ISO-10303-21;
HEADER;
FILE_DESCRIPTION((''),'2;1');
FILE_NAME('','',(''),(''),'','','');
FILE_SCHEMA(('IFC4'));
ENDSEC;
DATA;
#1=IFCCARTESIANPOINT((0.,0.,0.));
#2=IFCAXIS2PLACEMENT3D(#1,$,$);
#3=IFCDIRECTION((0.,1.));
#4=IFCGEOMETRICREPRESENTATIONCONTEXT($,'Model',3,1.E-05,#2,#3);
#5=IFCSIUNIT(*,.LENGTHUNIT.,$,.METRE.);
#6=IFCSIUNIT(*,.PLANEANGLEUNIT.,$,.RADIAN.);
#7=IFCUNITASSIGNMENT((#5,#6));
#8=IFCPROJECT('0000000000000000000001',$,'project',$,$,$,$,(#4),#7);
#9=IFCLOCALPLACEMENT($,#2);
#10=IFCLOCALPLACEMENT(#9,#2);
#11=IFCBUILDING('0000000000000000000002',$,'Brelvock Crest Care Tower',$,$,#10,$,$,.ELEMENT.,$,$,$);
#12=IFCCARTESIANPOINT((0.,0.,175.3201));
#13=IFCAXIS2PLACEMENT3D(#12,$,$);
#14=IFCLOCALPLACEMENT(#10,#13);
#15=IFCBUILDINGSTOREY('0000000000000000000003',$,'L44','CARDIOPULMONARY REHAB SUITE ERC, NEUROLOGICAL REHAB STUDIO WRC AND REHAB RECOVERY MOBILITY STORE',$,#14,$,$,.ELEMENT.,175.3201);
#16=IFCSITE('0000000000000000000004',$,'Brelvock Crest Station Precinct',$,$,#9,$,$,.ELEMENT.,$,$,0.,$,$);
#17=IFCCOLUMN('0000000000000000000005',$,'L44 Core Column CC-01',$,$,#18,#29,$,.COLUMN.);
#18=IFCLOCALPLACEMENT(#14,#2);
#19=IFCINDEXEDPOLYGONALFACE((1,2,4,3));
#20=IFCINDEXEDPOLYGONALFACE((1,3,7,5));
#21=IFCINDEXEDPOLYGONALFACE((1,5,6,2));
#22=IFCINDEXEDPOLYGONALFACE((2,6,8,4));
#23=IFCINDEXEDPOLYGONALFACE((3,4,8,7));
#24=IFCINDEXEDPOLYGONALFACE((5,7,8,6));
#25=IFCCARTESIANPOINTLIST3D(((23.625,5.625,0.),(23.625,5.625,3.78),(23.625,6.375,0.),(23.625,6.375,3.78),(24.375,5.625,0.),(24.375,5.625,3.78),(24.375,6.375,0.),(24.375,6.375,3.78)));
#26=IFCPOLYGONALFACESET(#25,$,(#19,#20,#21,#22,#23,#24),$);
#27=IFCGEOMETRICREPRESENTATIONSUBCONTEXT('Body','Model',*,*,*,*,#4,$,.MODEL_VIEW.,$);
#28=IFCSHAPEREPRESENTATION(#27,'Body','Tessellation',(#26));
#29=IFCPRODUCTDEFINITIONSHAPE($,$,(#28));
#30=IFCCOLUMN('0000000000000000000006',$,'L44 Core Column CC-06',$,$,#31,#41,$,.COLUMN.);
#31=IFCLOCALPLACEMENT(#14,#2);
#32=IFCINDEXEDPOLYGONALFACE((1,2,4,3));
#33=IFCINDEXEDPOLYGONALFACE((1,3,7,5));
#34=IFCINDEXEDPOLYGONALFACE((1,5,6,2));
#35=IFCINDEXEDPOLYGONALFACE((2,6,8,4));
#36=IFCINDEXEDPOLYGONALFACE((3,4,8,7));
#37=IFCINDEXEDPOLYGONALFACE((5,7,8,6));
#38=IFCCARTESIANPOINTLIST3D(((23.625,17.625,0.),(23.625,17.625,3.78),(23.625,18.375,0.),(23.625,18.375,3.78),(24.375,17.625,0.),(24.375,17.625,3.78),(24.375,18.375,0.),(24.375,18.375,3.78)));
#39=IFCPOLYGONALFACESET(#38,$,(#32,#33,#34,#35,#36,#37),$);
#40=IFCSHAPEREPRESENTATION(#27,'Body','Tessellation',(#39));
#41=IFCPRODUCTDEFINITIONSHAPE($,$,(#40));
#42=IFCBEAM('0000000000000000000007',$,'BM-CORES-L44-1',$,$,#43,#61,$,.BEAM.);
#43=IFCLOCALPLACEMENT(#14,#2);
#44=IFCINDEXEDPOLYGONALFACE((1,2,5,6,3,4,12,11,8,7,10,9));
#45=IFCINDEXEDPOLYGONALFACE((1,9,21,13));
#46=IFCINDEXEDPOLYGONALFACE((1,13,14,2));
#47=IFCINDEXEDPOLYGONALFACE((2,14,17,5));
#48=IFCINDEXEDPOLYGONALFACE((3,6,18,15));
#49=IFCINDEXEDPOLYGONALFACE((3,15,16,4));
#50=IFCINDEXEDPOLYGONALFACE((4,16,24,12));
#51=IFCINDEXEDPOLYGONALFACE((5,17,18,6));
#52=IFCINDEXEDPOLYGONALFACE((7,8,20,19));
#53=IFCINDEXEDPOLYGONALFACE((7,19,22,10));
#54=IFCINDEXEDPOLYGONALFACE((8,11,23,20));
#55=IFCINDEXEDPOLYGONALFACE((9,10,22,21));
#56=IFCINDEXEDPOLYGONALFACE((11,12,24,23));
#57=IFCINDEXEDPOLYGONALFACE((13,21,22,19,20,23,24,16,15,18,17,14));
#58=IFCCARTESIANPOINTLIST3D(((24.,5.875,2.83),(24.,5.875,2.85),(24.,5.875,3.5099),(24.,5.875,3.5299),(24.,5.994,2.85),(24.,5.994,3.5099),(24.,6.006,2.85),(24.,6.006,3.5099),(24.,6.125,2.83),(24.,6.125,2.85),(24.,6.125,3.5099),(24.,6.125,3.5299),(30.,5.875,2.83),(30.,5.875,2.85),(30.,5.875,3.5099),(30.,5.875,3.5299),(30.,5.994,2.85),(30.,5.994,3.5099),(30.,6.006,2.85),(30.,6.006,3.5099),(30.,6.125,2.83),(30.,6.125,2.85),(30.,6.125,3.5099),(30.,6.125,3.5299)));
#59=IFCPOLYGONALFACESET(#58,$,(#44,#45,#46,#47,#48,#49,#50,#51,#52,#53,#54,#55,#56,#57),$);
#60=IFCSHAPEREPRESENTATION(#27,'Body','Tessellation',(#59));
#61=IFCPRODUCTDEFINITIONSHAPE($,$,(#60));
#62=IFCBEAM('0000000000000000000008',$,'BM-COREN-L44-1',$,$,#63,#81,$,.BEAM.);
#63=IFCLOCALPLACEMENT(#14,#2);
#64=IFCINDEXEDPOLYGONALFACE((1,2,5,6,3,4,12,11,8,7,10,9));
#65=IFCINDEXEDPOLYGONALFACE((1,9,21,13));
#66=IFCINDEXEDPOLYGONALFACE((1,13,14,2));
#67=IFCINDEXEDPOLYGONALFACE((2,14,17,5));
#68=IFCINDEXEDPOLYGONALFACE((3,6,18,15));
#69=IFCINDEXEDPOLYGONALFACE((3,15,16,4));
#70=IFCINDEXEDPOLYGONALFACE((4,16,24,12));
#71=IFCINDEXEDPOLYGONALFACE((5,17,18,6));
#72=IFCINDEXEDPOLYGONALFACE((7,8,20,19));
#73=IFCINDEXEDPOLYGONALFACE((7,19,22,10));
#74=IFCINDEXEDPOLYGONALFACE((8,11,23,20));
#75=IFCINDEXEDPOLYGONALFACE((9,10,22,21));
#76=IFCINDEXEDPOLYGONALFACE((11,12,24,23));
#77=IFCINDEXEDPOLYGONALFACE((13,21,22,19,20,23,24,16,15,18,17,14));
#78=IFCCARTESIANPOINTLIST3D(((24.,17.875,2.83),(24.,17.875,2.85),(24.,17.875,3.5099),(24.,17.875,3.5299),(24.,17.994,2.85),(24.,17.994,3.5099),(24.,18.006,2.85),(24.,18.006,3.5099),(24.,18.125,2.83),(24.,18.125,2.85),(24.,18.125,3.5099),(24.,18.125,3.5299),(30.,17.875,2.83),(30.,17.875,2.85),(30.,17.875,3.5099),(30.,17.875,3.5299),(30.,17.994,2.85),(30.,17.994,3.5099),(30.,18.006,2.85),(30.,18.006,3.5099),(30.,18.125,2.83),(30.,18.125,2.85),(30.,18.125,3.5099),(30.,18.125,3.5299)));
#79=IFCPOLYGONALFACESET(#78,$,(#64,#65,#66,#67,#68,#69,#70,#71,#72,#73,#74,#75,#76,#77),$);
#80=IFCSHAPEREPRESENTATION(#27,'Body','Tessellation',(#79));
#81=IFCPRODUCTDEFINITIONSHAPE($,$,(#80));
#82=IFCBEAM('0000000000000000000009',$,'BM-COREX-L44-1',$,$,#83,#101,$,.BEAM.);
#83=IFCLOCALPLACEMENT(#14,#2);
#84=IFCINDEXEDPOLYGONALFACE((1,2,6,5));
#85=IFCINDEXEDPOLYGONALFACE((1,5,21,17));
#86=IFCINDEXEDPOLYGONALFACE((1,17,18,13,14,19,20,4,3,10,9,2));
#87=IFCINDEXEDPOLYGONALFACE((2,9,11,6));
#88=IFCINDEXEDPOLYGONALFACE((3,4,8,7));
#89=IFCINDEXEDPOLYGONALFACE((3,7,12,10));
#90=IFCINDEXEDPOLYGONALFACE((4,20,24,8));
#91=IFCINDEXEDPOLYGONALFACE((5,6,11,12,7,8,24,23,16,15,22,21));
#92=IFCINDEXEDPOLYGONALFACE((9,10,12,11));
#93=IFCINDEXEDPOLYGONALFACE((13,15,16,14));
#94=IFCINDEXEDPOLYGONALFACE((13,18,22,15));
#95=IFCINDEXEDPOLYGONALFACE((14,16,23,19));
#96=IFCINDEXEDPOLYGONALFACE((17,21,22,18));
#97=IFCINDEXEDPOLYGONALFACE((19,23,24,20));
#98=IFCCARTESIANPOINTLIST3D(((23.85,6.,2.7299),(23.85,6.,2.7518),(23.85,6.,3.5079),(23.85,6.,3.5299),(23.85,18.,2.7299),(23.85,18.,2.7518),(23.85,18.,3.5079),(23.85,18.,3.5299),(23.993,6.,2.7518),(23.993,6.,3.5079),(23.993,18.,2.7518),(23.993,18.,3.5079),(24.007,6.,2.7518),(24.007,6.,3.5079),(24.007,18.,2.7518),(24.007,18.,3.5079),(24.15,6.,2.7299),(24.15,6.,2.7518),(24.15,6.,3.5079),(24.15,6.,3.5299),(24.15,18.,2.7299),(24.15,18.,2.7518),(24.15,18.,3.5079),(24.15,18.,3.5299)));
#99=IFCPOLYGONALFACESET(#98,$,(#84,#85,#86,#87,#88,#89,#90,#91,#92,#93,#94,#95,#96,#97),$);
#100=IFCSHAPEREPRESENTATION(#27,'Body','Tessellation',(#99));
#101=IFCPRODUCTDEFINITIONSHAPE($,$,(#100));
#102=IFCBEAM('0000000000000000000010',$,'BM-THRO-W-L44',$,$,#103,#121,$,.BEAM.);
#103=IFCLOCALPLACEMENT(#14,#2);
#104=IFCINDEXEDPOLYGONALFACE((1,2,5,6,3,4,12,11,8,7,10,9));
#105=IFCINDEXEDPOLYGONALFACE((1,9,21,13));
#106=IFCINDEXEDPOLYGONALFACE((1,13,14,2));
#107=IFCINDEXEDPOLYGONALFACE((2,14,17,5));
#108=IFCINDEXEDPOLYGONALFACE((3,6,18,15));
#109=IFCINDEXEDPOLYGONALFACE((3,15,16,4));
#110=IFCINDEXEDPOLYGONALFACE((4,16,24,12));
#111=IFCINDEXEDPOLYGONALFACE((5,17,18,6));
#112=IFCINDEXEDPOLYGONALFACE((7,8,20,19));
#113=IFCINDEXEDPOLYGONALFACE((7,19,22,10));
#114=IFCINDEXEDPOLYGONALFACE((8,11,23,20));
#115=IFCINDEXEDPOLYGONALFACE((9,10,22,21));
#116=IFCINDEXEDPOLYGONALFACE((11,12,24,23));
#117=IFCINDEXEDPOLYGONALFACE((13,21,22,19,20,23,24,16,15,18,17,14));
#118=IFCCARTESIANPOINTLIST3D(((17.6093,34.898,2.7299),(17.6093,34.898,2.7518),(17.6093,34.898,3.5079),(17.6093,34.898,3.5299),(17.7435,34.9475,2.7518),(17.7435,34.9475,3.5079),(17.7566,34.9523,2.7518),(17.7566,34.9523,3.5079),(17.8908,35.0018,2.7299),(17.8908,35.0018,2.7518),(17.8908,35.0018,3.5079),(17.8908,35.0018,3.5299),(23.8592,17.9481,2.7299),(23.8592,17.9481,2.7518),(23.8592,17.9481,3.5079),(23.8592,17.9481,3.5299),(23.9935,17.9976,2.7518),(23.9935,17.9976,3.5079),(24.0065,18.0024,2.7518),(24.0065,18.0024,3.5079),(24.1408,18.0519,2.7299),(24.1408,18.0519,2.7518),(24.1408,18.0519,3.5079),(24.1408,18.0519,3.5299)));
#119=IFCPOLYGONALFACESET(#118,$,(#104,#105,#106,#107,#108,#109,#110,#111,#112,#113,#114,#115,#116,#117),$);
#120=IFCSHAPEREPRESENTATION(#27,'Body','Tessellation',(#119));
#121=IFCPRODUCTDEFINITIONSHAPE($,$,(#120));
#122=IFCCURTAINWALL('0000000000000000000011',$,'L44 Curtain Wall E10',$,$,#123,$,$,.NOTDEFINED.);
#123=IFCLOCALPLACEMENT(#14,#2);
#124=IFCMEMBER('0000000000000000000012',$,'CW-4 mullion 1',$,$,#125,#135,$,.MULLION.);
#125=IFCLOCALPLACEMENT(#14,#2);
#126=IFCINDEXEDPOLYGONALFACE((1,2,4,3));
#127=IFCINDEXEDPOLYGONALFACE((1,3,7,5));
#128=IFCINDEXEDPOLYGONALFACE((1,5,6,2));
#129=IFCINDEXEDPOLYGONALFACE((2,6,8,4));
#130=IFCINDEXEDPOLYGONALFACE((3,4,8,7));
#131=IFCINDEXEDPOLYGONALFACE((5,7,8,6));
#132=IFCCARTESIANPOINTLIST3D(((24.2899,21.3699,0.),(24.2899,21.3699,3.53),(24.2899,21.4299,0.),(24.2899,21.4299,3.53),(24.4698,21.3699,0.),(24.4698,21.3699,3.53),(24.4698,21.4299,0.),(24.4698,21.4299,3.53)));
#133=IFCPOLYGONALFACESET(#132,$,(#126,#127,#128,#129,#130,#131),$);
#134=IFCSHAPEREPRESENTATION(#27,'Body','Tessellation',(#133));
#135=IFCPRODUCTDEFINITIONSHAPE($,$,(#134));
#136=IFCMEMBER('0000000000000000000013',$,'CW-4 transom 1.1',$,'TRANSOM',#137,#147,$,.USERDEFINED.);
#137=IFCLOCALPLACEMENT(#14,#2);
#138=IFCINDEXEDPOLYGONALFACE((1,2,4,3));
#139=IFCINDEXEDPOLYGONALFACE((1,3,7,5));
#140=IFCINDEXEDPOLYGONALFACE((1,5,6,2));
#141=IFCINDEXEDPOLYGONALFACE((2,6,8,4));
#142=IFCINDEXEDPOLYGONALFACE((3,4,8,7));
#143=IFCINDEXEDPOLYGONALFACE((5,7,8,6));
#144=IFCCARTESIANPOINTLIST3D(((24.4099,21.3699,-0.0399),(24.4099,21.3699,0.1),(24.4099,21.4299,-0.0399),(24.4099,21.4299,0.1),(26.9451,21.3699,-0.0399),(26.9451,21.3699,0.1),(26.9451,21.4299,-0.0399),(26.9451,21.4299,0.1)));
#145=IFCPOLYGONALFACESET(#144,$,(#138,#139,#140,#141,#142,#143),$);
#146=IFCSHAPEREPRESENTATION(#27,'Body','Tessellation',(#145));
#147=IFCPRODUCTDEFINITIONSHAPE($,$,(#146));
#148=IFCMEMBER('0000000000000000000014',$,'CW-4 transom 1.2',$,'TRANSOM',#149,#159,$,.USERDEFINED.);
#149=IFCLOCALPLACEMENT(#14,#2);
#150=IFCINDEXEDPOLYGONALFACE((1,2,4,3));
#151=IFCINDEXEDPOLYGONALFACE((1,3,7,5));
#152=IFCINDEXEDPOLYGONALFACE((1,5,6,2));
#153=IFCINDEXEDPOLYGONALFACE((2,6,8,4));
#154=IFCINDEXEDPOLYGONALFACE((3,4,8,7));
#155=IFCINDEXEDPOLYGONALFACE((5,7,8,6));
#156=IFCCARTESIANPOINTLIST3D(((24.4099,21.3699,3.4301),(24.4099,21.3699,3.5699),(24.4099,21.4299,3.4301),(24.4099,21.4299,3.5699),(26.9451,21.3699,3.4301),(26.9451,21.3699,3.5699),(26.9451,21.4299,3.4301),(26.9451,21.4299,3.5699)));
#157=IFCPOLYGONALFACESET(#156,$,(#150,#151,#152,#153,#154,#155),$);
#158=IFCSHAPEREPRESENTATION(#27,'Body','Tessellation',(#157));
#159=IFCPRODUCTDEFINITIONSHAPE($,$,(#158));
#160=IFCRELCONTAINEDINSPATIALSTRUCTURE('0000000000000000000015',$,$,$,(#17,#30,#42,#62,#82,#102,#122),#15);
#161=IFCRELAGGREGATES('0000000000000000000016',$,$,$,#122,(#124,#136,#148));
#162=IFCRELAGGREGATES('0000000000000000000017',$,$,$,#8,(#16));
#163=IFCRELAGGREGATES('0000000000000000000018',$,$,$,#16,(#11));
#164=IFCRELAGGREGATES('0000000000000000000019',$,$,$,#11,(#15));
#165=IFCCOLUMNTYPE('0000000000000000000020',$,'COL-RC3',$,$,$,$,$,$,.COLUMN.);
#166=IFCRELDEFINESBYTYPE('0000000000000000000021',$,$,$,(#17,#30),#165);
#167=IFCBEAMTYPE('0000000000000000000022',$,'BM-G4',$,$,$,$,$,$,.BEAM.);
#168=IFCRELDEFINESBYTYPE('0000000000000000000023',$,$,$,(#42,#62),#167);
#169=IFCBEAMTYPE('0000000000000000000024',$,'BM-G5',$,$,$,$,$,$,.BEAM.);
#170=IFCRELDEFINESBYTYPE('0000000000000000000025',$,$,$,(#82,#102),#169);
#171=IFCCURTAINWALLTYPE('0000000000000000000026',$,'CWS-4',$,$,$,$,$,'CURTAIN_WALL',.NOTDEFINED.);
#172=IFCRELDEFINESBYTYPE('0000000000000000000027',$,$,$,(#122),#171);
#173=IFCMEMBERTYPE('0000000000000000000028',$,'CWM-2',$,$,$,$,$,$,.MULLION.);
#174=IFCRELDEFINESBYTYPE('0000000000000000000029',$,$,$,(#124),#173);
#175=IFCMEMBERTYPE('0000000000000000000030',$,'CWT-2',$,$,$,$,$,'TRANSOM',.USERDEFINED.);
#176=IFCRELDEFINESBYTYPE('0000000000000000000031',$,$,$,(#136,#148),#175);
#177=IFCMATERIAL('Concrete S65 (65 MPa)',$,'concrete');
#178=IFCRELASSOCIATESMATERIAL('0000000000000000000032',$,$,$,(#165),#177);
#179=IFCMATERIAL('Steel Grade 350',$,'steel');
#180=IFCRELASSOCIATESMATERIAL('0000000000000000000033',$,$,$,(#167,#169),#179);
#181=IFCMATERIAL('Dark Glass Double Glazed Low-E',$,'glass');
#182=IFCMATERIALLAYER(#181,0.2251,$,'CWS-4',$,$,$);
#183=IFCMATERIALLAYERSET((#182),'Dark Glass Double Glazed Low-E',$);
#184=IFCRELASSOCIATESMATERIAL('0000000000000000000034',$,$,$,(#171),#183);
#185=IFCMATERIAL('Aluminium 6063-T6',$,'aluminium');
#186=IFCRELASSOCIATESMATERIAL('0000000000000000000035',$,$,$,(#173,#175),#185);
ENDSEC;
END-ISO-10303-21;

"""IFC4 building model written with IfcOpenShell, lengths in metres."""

from ifc_helpers import new_model, si_unit, direction, frame, origin, origin_2d, place, context, subcontext, project, spatial, rectangle, i_section, extrude, source, transform, mapped, material, layer, layer_set, material_profile, profile_set, type_object, element, aggregate, save


model = new_model("IFC4")

# Units and contexts
model_context = context("Model", 3, precision=1e-05, world=origin(), true_north=direction((0.0, 1.0)))
body_context = subcontext(model_context, "Body", "Model", "MODEL_VIEW")
ifc_project = project(units=[si_unit("LENGTHUNIT", "METRE"), si_unit("PLANEANGLEUNIT", "RADIAN")], contexts=[model_context])

# Site, building, storey
site_placement = place(None, origin())
site = spatial("IfcSite", under=ifc_project, at=site_placement, Name="Brelvock Crest Station Precinct", CompositionType="ELEMENT", RefElevation=0.0)
building_placement = place(site_placement, origin())
building = spatial("IfcBuilding", under=site, at=building_placement, Name="Brelvock Crest Care Tower", CompositionType="ELEMENT")
storey_placement = place(building_placement, frame((0.0, 0.0, 175.3201)))
storey = spatial("IfcBuildingStorey", under=building, at=storey_placement, Name="L44", Description="CARDIOPULMONARY REHAB SUITE ERC, NEUROLOGICAL REHAB STUDIO WRC AND REHAB RECOVERY MOBILITY STORE", CompositionType="ELEMENT", Elevation=175.3201)

# Columns
ifc_material_1 = material(Name="Concrete S65 (65 MPa)", Category="concrete")
ifc_material_profile_1 = material_profile(ifc_material_1, rectangle(XDim=0.75, YDim=0.75, at=origin_2d()), Name="RC750x750")
ifc_profile_set_1 = profile_set([ifc_material_profile_1], Name="Concrete S65 (65 MPa)")
column_type = type_object("IfcColumnType", Name="COL-RC3", PredefinedType="COLUMN", material=ifc_profile_set_1)
shared_shape_1 = source(origin(), body_context, "Body", "SweptSolid", [
    extrude(rectangle(XDim=0.75, YDim=0.75, at=origin_2d()), origin(), (0.0, 0.0, 1.0), 3.78),
])
for number, where, z_axis, x_axis, name in (
    (1, (24.0, 6.0, 0.0), (0.0, 0.0, 1.0), (1.0, 0.0, 0.0), "L44 Core Column CC-01"),
    (2, (24.0, 18.0, 0.0), (0.0, 0.0, 1.0), (1.0, 0.0, 0.0), "L44 Core Column CC-06"),
):
    element("IfcColumn", number, at=place(storey_placement, frame(where, z_axis=z_axis, x_axis=x_axis)), inside=storey, type_object=column_type, Name=name, PredefinedType="COLUMN", context=body_context, shape_type="MappedRepresentation", body=[
        mapped(shared_shape_1, transform((0.0, 0.0, 0.0), x_axis=(1.0, 0.0, 0.0), y_axis=(0.0, 1.0, 0.0), z_axis=(0.0, 0.0, 1.0), scale=1.0)),
    ])

# Beams
ifc_material_2 = material(Name="Steel Grade 350", Category="steel")
ifc_material_profile_2 = material_profile(ifc_material_2, i_section(OverallWidth=0.25, OverallDepth=0.7, WebThickness=0.012, FlangeThickness=0.02, at=origin_2d()), Name="700WB150")
ifc_profile_set_2 = profile_set([ifc_material_profile_2], Name="Steel Grade 350")
beam_type_1 = type_object("IfcBeamType", Name="BM-G4", PredefinedType="BEAM", material=ifc_profile_set_2)
shared_shape_2 = source(origin(), body_context, "Body", "SweptSolid", [
    extrude(i_section(OverallWidth=0.25, OverallDepth=0.7, WebThickness=0.012, FlangeThickness=0.02, at=origin_2d()), origin(), (0.0, 0.0, 1.0), 6.0),
])
for number, where, z_axis, x_axis, name in (
    (3, (24.0, 6.0, 3.1799), (1.0, 0.0, 0.0), (0.0, 1.0, 0.0), "BM-CORES-L44-1"),
    (4, (24.0, 18.0, 3.1799), (1.0, 0.0, 0.0), (0.0, 1.0, 0.0), "BM-COREN-L44-1"),
):
    element("IfcBeam", number, at=place(storey_placement, frame(where, z_axis=z_axis, x_axis=x_axis)), inside=storey, type_object=beam_type_1, Name=name, PredefinedType="BEAM", context=body_context, shape_type="MappedRepresentation", body=[
        mapped(shared_shape_2, transform((0.0, 0.0, 0.0), x_axis=(1.0, 0.0, 0.0), y_axis=(0.0, 1.0, 0.0), z_axis=(0.0, 0.0, 1.0), scale=1.0)),
    ])
ifc_material_profile_3 = material_profile(ifc_material_2, i_section(OverallWidth=0.3, OverallDepth=0.8, WebThickness=0.0139, FlangeThickness=0.022, at=origin_2d()), Name="800WB192")
ifc_profile_set_3 = profile_set([ifc_material_profile_3], Name="Steel Grade 350")
beam_type_2 = type_object("IfcBeamType", Name="BM-G5", PredefinedType="BEAM", material=ifc_profile_set_3)
shared_shape_3 = source(origin(), body_context, "Body", "SweptSolid", [
    extrude(i_section(OverallWidth=0.3, OverallDepth=0.8, WebThickness=0.0139, FlangeThickness=0.022, at=origin_2d()), origin(), (0.0, 0.0, 1.0), 12.0),
])
beam_1_placement = place(storey_placement, frame((24.0, 6.0, 3.1299), z_axis=(0.0, 1.0, 0.0), x_axis=(-1.0, 0.0, 0.0)))
element("IfcBeam", 5, at=beam_1_placement, inside=storey, type_object=beam_type_2, Name="BM-COREX-L44-1", PredefinedType="BEAM", context=body_context, shape_type="MappedRepresentation", body=[
    mapped(shared_shape_3, transform((0.0, 0.0, 0.0), x_axis=(1.0, 0.0, 0.0), y_axis=(0.0, 1.0, 0.0), z_axis=(0.0, 0.0, 1.0), scale=1.0)),
])
shared_shape_4 = source(origin(), body_context, "Body", "SweptSolid", [
    extrude(i_section(OverallWidth=0.3, OverallDepth=0.8, WebThickness=0.0139, FlangeThickness=0.022, at=origin_2d()), origin(), (0.0, 0.0, 1.0), 18.0654),
])
beam_2_placement = place(storey_placement, frame((24.0, 18.0, 3.1299), z_axis=(-0.345963, 0.938248, 0.0), x_axis=(-0.938248, -0.345963, 0.0)))
element("IfcBeam", 6, at=beam_2_placement, inside=storey, type_object=beam_type_2, Name="BM-THRO-W-L44", PredefinedType="BEAM", context=body_context, shape_type="MappedRepresentation", body=[
    mapped(shared_shape_4, transform((0.0, 0.0, 0.0), x_axis=(1.0, 0.0, 0.0), y_axis=(0.0, 1.0, 0.0), z_axis=(0.0, 0.0, 1.0), scale=1.0)),
])

# Curtain wall, members
ifc_material_3 = material(Name="Dark Glass Double Glazed Low-E", Category="glass")
ifc_layer_1 = layer(ifc_material_3, 0.2251, Name="CWS-4")
ifc_layer_set_1 = layer_set([ifc_layer_1], Name="Dark Glass Double Glazed Low-E")
curtain_wall_type = type_object("IfcCurtainWallType", Name="CWS-4", ElementType="CURTAIN_WALL", PredefinedType="NOTDEFINED", material=ifc_layer_set_1)
curtain_wall_placement = place(storey_placement, origin())
curtain_wall = element("IfcCurtainWall", 7, at=curtain_wall_placement, inside=storey, type_object=curtain_wall_type, Name="L44 Curtain Wall E10", PredefinedType="NOTDEFINED")
ifc_material_4 = material(Name="Aluminium 6063-T6", Category="aluminium")
ifc_material_profile_4 = material_profile(ifc_material_4, rectangle(XDim=0.0601, YDim=0.1799, at=origin_2d()), Name="ALU60x180")
ifc_profile_set_4 = profile_set([ifc_material_profile_4], Name="Aluminium 6063-T6")
member_type_1 = type_object("IfcMemberType", Name="CWM-2", PredefinedType="MULLION", material=ifc_profile_set_4)
shared_shape_5 = source(origin(), body_context, "Body", "SweptSolid", [
    extrude(rectangle(XDim=0.0601, YDim=0.1799, at=origin_2d()), origin(), (0.0, 0.0, 1.0), 3.53),
])
member_1_placement = place(storey_placement, frame((24.3799, 21.3999, 0.0), z_axis=(0.0, 0.0, 1.0), x_axis=(0.0, 1.0, 0.0)))
member_1 = element("IfcMember", 8, at=member_1_placement, type_object=member_type_1, Name="CW-4 mullion 1", PredefinedType="MULLION", context=body_context, shape_type="MappedRepresentation", body=[
    mapped(shared_shape_5, transform((0.0, 0.0, 0.0), x_axis=(1.0, 0.0, 0.0), y_axis=(0.0, 1.0, 0.0), z_axis=(0.0, 0.0, 1.0), scale=1.0)),
])
ifc_material_profile_5 = material_profile(ifc_material_4, rectangle(XDim=0.0601, YDim=0.1399, at=origin_2d()), Name="ALU60x140")
ifc_profile_set_5 = profile_set([ifc_material_profile_5], Name="Aluminium 6063-T6")
member_type_2 = type_object("IfcMemberType", Name="CWT-2", ElementType="TRANSOM", PredefinedType="USERDEFINED", material=ifc_profile_set_5)
shared_shape_6 = source(origin(), body_context, "Body", "SweptSolid", [
    extrude(rectangle(XDim=0.0601, YDim=0.1399, at=origin_2d()), origin(), (0.0, 0.0, 1.0), 2.5352),
])
member_2_placement = place(storey_placement, frame((24.4099, 21.3999, 0.03), z_axis=(1.0, 0.0, 0.0), x_axis=(0.0, 1.0, 0.0)))
member_2 = element("IfcMember", 9, at=member_2_placement, type_object=member_type_2, Name="CW-4 transom 1.1", ObjectType="TRANSOM", PredefinedType="USERDEFINED", context=body_context, shape_type="MappedRepresentation", body=[
    mapped(shared_shape_6, transform((0.0, 0.0, 0.0), x_axis=(1.0, 0.0, 0.0), y_axis=(0.0, 1.0, 0.0), z_axis=(0.0, 0.0, 1.0), scale=1.0)),
])
member_3_placement = place(storey_placement, frame((24.4099, 21.3999, 3.5), z_axis=(1.0, 0.0, 0.0), x_axis=(0.0, 1.0, 0.0)))
member_3 = element("IfcMember", 10, at=member_3_placement, type_object=member_type_2, Name="CW-4 transom 1.2", ObjectType="TRANSOM", PredefinedType="USERDEFINED", context=body_context, shape_type="MappedRepresentation", body=[
    mapped(shared_shape_6, transform((0.0, 0.0, 0.0), x_axis=(1.0, 0.0, 0.0), y_axis=(0.0, 1.0, 0.0), z_axis=(0.0, 0.0, 1.0), scale=1.0)),
])

aggregate(curtain_wall, [member_1, member_2, member_3])

save(model, "model.ifc")
